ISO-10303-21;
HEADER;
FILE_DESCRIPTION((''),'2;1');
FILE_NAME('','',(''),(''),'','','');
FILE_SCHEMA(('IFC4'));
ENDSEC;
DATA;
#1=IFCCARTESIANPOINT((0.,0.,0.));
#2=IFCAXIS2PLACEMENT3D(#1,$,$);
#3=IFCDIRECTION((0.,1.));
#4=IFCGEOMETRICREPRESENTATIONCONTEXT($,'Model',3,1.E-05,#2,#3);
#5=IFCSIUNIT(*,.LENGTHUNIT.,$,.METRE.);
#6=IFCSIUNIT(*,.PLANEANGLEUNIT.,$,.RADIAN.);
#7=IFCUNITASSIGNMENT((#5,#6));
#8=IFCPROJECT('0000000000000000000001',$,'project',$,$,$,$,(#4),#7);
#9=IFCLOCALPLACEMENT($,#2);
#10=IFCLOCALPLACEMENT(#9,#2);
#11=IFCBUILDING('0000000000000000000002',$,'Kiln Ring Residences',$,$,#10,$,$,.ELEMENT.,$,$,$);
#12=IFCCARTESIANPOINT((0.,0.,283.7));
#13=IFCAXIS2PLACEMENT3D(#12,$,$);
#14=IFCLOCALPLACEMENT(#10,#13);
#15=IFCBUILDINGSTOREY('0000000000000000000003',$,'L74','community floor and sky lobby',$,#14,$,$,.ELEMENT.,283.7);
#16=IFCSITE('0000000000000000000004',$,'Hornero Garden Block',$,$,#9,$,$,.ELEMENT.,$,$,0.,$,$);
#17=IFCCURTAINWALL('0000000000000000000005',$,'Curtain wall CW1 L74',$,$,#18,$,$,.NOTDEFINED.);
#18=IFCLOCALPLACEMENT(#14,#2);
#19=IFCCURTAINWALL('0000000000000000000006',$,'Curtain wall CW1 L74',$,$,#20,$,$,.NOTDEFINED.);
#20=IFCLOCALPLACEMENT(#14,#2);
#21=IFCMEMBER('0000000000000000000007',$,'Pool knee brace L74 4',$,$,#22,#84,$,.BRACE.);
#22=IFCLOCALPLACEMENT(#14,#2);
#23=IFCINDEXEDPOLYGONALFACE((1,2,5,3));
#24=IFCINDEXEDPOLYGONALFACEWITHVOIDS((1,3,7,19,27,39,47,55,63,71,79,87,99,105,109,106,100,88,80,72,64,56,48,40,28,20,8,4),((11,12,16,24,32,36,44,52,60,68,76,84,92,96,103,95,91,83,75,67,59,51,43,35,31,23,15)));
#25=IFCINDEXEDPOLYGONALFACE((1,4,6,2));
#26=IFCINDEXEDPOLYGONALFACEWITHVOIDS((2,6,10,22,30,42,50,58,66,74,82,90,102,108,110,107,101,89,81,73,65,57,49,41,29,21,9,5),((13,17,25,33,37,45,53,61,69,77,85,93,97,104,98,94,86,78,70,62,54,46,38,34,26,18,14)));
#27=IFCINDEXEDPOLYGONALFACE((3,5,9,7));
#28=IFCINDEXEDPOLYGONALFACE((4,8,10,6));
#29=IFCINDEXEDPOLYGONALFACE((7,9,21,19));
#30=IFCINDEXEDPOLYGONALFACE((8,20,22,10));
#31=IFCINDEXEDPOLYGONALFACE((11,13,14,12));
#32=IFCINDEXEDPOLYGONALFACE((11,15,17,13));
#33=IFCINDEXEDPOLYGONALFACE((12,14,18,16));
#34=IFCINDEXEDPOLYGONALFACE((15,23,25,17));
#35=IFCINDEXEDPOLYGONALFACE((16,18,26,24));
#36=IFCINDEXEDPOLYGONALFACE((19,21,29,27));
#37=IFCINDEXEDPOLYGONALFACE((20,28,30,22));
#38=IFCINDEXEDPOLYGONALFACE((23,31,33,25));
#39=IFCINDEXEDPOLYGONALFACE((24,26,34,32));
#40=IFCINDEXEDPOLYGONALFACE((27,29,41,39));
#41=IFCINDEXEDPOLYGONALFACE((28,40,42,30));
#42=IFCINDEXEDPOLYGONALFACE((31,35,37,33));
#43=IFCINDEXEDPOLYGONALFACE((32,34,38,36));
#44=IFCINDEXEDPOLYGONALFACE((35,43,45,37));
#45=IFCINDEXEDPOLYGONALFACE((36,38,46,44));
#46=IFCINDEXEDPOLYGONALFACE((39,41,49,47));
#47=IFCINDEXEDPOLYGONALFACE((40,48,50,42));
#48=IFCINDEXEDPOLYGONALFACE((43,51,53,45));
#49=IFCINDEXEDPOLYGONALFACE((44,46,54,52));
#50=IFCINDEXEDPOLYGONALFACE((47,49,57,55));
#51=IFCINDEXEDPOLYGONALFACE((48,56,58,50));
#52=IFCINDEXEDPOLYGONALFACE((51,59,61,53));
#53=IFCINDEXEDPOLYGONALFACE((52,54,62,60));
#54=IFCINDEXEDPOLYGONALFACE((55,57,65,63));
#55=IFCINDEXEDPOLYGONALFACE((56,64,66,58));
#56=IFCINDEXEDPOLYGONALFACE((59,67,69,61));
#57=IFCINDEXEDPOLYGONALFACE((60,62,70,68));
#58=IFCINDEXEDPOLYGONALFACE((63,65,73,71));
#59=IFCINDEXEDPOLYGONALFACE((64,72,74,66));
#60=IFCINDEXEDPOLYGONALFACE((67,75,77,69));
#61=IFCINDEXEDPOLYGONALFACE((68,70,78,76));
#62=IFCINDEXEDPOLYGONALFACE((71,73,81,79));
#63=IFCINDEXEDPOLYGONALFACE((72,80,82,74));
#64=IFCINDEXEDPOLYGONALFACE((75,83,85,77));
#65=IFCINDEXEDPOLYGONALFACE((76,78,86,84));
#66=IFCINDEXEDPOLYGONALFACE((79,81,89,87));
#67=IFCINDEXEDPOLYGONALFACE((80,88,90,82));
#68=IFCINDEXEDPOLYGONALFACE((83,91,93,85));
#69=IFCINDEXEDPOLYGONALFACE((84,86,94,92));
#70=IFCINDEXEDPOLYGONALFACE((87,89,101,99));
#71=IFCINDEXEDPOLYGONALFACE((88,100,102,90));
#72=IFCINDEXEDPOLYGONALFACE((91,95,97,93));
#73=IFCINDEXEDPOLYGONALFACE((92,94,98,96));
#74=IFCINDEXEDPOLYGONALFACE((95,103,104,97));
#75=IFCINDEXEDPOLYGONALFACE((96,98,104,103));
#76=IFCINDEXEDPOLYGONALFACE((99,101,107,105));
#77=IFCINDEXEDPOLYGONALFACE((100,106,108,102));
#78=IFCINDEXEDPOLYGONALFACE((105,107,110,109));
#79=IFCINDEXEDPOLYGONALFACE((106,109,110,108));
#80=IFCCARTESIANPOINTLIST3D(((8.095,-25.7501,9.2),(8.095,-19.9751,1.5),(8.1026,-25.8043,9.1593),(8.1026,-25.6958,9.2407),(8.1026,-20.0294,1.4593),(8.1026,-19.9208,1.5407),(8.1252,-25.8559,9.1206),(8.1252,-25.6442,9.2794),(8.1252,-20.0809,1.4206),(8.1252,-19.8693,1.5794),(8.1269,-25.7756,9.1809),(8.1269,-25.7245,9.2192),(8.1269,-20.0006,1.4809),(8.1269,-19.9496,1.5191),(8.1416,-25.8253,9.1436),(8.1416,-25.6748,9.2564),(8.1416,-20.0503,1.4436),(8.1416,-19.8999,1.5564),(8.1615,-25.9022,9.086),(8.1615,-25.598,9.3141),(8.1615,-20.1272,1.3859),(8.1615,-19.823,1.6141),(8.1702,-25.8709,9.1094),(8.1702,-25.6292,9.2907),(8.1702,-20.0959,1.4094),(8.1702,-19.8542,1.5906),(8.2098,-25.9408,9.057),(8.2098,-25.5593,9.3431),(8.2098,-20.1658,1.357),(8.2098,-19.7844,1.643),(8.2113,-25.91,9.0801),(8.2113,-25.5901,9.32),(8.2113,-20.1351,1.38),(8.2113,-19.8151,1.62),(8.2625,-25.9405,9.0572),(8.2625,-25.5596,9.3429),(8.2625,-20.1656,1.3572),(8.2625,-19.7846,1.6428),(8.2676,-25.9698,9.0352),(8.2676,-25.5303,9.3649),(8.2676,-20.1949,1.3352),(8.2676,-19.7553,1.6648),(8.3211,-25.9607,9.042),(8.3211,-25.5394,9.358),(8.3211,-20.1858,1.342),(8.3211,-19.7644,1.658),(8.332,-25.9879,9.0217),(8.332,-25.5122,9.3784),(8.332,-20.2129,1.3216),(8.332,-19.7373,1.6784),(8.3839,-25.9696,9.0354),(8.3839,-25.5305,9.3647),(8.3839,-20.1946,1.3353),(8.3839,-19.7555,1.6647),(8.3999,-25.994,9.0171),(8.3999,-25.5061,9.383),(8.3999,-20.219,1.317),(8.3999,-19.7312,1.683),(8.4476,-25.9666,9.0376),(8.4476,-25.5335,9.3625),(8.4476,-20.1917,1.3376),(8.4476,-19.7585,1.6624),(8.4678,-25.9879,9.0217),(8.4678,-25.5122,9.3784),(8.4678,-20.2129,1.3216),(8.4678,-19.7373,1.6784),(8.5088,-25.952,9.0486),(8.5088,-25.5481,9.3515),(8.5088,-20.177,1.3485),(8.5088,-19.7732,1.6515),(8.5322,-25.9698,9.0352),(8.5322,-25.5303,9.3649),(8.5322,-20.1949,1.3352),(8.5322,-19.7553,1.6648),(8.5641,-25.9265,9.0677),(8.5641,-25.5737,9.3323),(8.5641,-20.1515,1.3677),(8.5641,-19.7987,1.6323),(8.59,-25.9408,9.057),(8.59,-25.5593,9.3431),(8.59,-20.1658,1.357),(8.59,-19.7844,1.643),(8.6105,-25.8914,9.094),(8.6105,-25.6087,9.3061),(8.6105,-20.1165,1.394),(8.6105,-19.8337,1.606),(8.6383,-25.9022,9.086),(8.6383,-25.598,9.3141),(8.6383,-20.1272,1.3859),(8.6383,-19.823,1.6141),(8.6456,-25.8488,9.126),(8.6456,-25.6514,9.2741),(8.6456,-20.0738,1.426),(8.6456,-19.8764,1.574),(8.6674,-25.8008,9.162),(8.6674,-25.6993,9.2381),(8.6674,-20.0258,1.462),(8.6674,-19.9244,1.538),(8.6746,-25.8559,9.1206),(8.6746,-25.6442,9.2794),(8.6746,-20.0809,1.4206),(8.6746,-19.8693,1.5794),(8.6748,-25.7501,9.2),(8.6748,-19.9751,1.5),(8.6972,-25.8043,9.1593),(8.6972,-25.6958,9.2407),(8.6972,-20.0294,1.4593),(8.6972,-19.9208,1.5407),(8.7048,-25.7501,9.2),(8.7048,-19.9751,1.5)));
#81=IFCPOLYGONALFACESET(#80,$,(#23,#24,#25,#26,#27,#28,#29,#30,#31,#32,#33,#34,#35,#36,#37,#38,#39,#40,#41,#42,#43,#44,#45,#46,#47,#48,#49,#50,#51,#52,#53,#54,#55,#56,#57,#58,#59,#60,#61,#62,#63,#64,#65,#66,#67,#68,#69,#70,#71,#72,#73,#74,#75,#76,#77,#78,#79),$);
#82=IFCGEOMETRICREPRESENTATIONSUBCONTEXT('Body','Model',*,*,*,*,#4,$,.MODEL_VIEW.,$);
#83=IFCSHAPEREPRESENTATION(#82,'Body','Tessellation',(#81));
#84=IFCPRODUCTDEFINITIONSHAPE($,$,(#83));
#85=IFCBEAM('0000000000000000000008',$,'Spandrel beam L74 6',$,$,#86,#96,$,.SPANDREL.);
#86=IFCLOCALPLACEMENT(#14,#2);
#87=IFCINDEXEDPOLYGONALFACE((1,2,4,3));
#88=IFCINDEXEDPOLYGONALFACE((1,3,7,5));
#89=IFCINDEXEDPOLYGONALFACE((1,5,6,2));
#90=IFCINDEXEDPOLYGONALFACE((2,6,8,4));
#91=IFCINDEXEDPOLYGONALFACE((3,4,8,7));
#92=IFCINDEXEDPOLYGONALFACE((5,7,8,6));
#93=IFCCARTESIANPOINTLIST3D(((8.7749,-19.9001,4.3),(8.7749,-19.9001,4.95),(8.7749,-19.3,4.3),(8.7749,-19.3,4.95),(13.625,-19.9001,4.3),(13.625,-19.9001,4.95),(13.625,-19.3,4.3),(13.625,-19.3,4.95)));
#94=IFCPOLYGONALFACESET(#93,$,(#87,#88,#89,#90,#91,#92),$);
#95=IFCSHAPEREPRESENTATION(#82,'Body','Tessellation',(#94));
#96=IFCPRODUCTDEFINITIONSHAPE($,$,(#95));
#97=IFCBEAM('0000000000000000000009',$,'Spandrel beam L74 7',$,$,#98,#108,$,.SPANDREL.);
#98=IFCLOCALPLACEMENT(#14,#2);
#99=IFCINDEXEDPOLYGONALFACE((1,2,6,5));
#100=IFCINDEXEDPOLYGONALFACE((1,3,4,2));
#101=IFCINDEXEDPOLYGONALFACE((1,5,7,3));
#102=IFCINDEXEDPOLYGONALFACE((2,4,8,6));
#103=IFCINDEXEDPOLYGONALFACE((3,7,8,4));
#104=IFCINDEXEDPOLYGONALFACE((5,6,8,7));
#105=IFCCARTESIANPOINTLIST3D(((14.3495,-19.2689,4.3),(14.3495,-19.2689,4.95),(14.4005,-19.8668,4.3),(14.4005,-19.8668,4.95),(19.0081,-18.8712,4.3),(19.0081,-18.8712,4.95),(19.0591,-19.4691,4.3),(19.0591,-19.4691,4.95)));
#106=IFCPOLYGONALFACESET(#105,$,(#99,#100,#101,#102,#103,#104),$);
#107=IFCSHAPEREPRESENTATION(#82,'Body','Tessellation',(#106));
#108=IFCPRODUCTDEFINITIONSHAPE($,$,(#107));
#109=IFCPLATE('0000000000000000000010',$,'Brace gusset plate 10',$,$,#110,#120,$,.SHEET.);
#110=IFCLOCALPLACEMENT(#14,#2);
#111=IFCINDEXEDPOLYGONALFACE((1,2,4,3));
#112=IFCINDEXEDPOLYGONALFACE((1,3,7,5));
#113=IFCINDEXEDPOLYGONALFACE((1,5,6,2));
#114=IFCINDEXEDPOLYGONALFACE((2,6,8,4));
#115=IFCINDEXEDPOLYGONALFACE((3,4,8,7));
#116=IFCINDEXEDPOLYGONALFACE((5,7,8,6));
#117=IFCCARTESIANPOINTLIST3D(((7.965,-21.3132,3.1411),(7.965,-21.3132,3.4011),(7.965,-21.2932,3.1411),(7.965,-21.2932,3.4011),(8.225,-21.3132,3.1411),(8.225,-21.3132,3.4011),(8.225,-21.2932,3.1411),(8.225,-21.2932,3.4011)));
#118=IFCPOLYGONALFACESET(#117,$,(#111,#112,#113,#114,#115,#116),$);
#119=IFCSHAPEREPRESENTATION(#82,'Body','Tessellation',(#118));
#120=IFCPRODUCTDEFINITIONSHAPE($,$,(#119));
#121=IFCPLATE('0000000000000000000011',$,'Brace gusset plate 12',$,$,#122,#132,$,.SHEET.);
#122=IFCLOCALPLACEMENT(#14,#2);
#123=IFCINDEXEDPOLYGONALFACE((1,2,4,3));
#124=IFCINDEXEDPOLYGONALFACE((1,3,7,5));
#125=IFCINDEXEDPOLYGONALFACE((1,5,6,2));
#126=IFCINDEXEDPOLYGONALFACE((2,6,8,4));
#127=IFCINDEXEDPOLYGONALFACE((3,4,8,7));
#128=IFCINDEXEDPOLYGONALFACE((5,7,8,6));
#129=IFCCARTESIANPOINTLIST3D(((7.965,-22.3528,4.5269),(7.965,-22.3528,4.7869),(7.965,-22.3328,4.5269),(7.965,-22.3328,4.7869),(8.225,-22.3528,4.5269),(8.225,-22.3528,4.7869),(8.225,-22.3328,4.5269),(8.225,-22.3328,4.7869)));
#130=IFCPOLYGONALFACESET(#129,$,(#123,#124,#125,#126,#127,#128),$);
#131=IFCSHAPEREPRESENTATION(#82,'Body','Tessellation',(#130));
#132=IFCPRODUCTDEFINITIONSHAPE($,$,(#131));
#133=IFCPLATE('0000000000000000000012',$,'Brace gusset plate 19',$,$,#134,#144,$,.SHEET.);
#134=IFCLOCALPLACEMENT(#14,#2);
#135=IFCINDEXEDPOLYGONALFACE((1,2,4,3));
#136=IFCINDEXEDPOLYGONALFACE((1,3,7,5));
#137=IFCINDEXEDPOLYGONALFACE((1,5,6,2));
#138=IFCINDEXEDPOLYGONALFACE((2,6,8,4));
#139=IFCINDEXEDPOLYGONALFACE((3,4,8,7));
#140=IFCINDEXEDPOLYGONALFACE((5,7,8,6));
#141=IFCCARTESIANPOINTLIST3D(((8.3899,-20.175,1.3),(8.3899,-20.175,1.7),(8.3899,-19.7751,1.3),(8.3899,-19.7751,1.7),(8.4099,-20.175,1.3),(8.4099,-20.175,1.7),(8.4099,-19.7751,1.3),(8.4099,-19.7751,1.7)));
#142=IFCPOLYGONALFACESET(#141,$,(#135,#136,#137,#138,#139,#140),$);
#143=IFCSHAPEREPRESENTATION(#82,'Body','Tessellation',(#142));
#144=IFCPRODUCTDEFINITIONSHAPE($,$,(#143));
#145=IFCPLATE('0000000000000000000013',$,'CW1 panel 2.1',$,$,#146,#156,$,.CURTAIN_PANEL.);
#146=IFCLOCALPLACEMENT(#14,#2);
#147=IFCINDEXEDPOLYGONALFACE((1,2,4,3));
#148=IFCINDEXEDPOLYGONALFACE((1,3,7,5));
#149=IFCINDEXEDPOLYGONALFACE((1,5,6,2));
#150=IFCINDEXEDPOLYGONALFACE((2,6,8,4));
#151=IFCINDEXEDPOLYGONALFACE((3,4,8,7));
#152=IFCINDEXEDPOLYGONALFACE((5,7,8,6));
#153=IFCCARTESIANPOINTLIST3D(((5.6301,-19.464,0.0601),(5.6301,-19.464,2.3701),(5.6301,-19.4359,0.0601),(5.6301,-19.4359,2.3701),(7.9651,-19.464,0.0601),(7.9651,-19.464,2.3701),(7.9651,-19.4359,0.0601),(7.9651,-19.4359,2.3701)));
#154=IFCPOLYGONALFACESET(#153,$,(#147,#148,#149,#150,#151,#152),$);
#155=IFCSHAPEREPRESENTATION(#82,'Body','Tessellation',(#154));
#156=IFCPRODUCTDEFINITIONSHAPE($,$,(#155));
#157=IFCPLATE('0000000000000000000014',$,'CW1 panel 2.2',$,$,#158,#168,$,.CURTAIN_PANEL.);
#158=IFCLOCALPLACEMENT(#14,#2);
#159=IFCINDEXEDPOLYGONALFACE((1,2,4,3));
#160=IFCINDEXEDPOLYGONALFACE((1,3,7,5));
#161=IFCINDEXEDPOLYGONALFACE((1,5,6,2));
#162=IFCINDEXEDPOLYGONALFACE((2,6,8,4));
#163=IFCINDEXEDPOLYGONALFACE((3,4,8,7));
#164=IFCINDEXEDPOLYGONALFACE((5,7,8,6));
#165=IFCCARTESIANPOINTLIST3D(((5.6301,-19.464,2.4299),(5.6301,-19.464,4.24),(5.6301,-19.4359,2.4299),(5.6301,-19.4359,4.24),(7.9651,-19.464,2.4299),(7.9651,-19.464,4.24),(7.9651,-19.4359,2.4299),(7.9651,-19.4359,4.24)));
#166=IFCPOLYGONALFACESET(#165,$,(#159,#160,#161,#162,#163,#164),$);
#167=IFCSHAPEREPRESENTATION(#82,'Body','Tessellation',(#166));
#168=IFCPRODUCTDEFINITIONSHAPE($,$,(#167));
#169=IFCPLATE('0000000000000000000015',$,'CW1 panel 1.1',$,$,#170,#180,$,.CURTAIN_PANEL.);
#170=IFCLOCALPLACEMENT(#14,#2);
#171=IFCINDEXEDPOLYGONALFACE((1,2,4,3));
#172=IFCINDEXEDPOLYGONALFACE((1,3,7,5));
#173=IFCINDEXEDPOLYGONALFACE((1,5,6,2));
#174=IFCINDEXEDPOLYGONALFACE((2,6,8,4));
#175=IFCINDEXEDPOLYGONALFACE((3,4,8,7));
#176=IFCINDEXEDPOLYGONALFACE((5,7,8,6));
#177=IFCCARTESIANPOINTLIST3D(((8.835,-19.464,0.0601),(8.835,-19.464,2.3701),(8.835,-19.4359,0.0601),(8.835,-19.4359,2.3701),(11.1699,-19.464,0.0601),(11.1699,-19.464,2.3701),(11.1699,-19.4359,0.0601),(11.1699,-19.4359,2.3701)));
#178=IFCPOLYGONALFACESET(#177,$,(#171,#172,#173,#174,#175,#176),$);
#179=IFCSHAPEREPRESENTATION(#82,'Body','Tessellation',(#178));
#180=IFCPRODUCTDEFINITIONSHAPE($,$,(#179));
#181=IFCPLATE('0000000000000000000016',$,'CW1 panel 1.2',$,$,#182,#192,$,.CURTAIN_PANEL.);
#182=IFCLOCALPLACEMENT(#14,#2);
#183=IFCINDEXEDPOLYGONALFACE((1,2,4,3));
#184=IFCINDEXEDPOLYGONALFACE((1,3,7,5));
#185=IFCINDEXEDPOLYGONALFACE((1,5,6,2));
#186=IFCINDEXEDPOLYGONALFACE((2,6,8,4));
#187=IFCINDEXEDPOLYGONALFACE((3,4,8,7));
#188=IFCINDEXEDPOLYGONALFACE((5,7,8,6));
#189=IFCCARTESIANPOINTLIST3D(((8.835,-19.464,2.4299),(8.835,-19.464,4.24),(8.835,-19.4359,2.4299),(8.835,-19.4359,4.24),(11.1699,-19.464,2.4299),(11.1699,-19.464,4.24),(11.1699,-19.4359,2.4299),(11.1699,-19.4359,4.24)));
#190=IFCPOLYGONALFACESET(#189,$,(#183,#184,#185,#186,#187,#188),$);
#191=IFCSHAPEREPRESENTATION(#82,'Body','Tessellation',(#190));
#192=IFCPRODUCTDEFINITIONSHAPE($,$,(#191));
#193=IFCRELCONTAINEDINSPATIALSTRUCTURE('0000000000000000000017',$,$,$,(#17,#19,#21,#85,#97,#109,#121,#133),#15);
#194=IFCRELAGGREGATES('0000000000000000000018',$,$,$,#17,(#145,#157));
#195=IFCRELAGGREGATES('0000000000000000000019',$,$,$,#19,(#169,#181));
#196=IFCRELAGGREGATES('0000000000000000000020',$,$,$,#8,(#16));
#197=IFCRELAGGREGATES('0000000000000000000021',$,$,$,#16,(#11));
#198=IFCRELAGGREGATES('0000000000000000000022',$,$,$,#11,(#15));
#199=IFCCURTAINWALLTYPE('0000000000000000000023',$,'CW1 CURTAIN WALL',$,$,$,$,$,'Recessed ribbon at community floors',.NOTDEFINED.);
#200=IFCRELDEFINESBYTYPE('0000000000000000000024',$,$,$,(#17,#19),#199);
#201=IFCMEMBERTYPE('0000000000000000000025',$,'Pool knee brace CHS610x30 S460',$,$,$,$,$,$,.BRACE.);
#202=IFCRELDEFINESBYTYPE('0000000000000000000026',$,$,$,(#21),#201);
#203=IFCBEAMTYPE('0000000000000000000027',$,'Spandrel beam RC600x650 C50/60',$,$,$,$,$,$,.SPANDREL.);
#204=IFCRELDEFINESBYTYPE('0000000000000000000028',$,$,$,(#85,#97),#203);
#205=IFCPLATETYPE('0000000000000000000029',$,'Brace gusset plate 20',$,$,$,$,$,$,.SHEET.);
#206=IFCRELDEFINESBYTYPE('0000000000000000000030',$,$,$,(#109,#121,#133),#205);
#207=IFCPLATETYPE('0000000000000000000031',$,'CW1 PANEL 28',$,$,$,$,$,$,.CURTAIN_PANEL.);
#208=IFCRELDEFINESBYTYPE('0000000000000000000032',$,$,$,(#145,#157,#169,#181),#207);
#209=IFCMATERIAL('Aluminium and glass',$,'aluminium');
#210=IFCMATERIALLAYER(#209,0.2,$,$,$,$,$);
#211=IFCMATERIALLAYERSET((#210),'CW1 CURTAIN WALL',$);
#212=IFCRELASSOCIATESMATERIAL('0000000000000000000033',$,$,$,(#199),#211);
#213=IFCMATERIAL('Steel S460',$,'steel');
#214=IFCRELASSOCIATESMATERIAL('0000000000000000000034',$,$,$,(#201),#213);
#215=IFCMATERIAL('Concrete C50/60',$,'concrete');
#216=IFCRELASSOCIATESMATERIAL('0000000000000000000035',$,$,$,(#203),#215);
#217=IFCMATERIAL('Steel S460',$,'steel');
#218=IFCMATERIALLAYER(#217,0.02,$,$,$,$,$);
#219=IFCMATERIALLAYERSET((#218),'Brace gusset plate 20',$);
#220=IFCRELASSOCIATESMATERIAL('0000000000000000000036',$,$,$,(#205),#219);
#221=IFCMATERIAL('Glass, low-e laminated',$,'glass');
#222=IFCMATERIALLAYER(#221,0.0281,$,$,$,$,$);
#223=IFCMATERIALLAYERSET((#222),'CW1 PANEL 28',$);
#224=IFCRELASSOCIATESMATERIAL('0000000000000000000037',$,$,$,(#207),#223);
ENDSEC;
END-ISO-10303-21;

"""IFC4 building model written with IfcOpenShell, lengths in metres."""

from ifc_helpers import new_model, si_unit, direction, frame, origin, origin_2d, place, context, subcontext, project, spatial, rectangle, hollow_circle, extrude, material, layer, layer_set, material_profile, profile_set, type_object, element, aggregate, save


model = new_model("IFC4")

# Units and contexts
model_context = context("Model", 3, precision=1e-05, world=origin(), true_north=direction((0.0, 1.0)))
body_context = subcontext(model_context, "Body", "Model", "MODEL_VIEW")
ifc_project = project(units=[si_unit("LENGTHUNIT", "METRE"), si_unit("PLANEANGLEUNIT", "RADIAN")], contexts=[model_context])

# Site, building, storey
site_placement = place(None, origin())
site = spatial("IfcSite", under=ifc_project, at=site_placement, Name="Hornero Garden Block", CompositionType="ELEMENT", RefElevation=0.0)
building_placement = place(site_placement, origin())
building = spatial("IfcBuilding", under=site, at=building_placement, Name="Kiln Ring Residences", CompositionType="ELEMENT")
storey_placement = place(building_placement, frame((0.0, 0.0, 283.7)))
storey = spatial("IfcBuildingStorey", under=building, at=storey_placement, Name="L74", Description="community floor and sky lobby", CompositionType="ELEMENT", Elevation=283.7)

# Curtain wall
ifc_material_1 = material(Name="Aluminium and glass", Category="aluminium")
ifc_layer_1 = layer(ifc_material_1, 0.2)
ifc_layer_set_1 = layer_set([ifc_layer_1], Name="CW1 CURTAIN WALL")
curtain_wall_type = type_object("IfcCurtainWallType", Name="CW1 CURTAIN WALL", ElementType="Recessed ribbon at community floors", PredefinedType="NOTDEFINED", material=ifc_layer_set_1)
placement = place(storey_placement, origin())
curtain_wall_1 = element("IfcCurtainWall", 1, at=placement, inside=storey, type_object=curtain_wall_type, Name="Curtain wall CW1 L74", PredefinedType="NOTDEFINED")

# Curtain wall
curtain_wall_2 = element("IfcCurtainWall", 2, at=placement, inside=storey, type_object=curtain_wall_type, Name="Curtain wall CW1 L74", PredefinedType="NOTDEFINED")

# Member
ifc_material_2 = material(Name="Steel S460", Category="steel")
ifc_material_profile_1 = material_profile(ifc_material_2, hollow_circle(Radius=0.3049, WallThickness=0.03, at=origin_2d()), Name="CHS610x30")
ifc_profile_set_1 = profile_set([ifc_material_profile_1], Name="Steel S460")
member_type_1 = type_object("IfcMemberType", Name="Pool knee brace CHS610x30 S460", PredefinedType="BRACE", material=ifc_profile_set_1)
member_1_placement = place(storey_placement, frame((8.3999, -19.9751, 1.5), z_axis=(0.0, -0.599996, 0.800003), x_axis=(1.0, 0.0, 0.0)))
element("IfcMember", 3, at=member_1_placement, inside=storey, type_object=member_type_1, Name="Pool knee brace L74 4", PredefinedType="BRACE", context=body_context, shape_type="SweptSolid", body=[
    extrude(hollow_circle(Radius=0.3049, WallThickness=0.03, at=origin_2d()), origin(), (0.0, 0.0, 1.0), 9.625),
])

# Beams
ifc_material_3 = material(Name="Concrete C50/60", Category="concrete")
ifc_material_profile_2 = material_profile(ifc_material_3, rectangle(XDim=0.6001, YDim=0.6499, at=origin_2d()), Name="RC600x650")
ifc_profile_set_2 = profile_set([ifc_material_profile_2], Name="Concrete C50/60")
beam_type = type_object("IfcBeamType", Name="Spandrel beam RC600x650 C50/60", PredefinedType="SPANDREL", material=ifc_profile_set_2)
beam_1_placement = place(storey_placement, frame((8.7749, -19.6001, 4.625), z_axis=(1.0, 0.0, 0.0), x_axis=(0.0, 1.0, 0.0)))
element("IfcBeam", 4, at=beam_1_placement, inside=storey, type_object=beam_type, Name="Spandrel beam L74 6", PredefinedType="SPANDREL", context=body_context, shape_type="SweptSolid", body=[
    extrude(rectangle(XDim=0.6001, YDim=0.6499, at=origin_2d()), origin(), (0.0, 0.0, 1.0), 4.8501),
])
beam_2_placement = place(storey_placement, frame((14.375, -19.5679, 4.625), z_axis=(0.996376, 0.085059, 0.0), x_axis=(-0.085059, 0.996376, 0.0)))
element("IfcBeam", 5, at=beam_2_placement, inside=storey, type_object=beam_type, Name="Spandrel beam L74 7", PredefinedType="SPANDREL", context=body_context, shape_type="SweptSolid", body=[
    extrude(rectangle(XDim=0.6001, YDim=0.6499, at=origin_2d()), origin(), (0.0, 0.0, 1.0), 4.6755),
])

# Plates
ifc_material_4 = material(Name="Steel S460", Category="steel")
ifc_layer_2 = layer(ifc_material_4, 0.02)
ifc_layer_set_2 = layer_set([ifc_layer_2], Name="Brace gusset plate 20")
plate_type_1 = type_object("IfcPlateType", Name="Brace gusset plate 20", PredefinedType="SHEET", material=ifc_layer_set_2)
for number, where, z_axis, x_axis, name in (
    (6, (8.095, -21.3032, 3.1411), (0.0, 0.0, 1.0), (1.0, 0.0, 0.0), "Brace gusset plate 10"),
    (7, (8.095, -22.3428, 4.5269), (0.0, 0.0, 1.0), (1.0, 0.0, 0.0), "Brace gusset plate 12"),
):
    element("IfcPlate", number, at=place(storey_placement, frame(where, z_axis=z_axis, x_axis=x_axis)), inside=storey, type_object=plate_type_1, Name=name, PredefinedType="SHEET", context=body_context, shape_type="SweptSolid", body=[
        extrude(rectangle(XDim=0.26, YDim=0.02, at=origin_2d()), origin(), (0.0, 0.0, 1.0), 0.26),
    ])
plate_1_placement = place(storey_placement, frame((8.3999, -19.9751, 1.3), z_axis=(0.0, 0.0, 1.0), x_axis=(1.0, 0.0, 0.0)))
element("IfcPlate", 8, at=plate_1_placement, inside=storey, type_object=plate_type_1, Name="Brace gusset plate 19", PredefinedType="SHEET", context=body_context, shape_type="SweptSolid", body=[
    extrude(rectangle(XDim=0.02, YDim=0.3999, at=origin_2d()), origin(), (0.0, 0.0, 1.0), 0.3999),
])

# Plates
ifc_material_5 = material(Name="Glass, low-e laminated", Category="glass")
ifc_layer_3 = layer(ifc_material_5, 0.0281)
ifc_layer_set_3 = layer_set([ifc_layer_3], Name="CW1 PANEL 28")
plate_type_2 = type_object("IfcPlateType", Name="CW1 PANEL 28", PredefinedType="CURTAIN_PANEL", material=ifc_layer_set_3)
plate_2_placement = place(storey_placement, frame((6.7976, -19.45, 0.0601), z_axis=(0.0, 0.0, 1.0), x_axis=(1.0, 0.0, 0.0)))
plate_2 = element("IfcPlate", 9, at=plate_2_placement, type_object=plate_type_2, Name="CW1 panel 2.1", PredefinedType="CURTAIN_PANEL", context=body_context, shape_type="SweptSolid", body=[
    extrude(rectangle(XDim=2.335, YDim=0.0281, at=origin_2d()), origin(), (0.0, 0.0, 1.0), 2.3101),
])
plate_3_placement = place(storey_placement, frame((6.7976, -19.45, 2.4299), z_axis=(0.0, 0.0, 1.0), x_axis=(1.0, 0.0, 0.0)))
plate_3 = element("IfcPlate", 10, at=plate_3_placement, type_object=plate_type_2, Name="CW1 panel 2.2", PredefinedType="CURTAIN_PANEL", context=body_context, shape_type="SweptSolid", body=[
    extrude(rectangle(XDim=2.335, YDim=0.0281, at=origin_2d()), origin(), (0.0, 0.0, 1.0), 1.8101),
])
aggregate(curtain_wall_1, [plate_2, plate_3])
plate_4_placement = place(storey_placement, frame((10.0024, -19.45, 0.0601), z_axis=(0.0, 0.0, 1.0), x_axis=(1.0, 0.0, 0.0)))
plate_4 = element("IfcPlate", 11, at=plate_4_placement, type_object=plate_type_2, Name="CW1 panel 1.1", PredefinedType="CURTAIN_PANEL", context=body_context, shape_type="SweptSolid", body=[
    extrude(rectangle(XDim=2.335, YDim=0.0281, at=origin_2d()), origin(), (0.0, 0.0, 1.0), 2.3101),
])
plate_5_placement = place(storey_placement, frame((10.0024, -19.45, 2.4299), z_axis=(0.0, 0.0, 1.0), x_axis=(1.0, 0.0, 0.0)))
plate_5 = element("IfcPlate", 12, at=plate_5_placement, type_object=plate_type_2, Name="CW1 panel 1.2", PredefinedType="CURTAIN_PANEL", context=body_context, shape_type="SweptSolid", body=[
    extrude(rectangle(XDim=2.335, YDim=0.0281, at=origin_2d()), origin(), (0.0, 0.0, 1.0), 1.8101),
])
aggregate(curtain_wall_2, [plate_4, plate_5])

save(model, "model.ifc")
